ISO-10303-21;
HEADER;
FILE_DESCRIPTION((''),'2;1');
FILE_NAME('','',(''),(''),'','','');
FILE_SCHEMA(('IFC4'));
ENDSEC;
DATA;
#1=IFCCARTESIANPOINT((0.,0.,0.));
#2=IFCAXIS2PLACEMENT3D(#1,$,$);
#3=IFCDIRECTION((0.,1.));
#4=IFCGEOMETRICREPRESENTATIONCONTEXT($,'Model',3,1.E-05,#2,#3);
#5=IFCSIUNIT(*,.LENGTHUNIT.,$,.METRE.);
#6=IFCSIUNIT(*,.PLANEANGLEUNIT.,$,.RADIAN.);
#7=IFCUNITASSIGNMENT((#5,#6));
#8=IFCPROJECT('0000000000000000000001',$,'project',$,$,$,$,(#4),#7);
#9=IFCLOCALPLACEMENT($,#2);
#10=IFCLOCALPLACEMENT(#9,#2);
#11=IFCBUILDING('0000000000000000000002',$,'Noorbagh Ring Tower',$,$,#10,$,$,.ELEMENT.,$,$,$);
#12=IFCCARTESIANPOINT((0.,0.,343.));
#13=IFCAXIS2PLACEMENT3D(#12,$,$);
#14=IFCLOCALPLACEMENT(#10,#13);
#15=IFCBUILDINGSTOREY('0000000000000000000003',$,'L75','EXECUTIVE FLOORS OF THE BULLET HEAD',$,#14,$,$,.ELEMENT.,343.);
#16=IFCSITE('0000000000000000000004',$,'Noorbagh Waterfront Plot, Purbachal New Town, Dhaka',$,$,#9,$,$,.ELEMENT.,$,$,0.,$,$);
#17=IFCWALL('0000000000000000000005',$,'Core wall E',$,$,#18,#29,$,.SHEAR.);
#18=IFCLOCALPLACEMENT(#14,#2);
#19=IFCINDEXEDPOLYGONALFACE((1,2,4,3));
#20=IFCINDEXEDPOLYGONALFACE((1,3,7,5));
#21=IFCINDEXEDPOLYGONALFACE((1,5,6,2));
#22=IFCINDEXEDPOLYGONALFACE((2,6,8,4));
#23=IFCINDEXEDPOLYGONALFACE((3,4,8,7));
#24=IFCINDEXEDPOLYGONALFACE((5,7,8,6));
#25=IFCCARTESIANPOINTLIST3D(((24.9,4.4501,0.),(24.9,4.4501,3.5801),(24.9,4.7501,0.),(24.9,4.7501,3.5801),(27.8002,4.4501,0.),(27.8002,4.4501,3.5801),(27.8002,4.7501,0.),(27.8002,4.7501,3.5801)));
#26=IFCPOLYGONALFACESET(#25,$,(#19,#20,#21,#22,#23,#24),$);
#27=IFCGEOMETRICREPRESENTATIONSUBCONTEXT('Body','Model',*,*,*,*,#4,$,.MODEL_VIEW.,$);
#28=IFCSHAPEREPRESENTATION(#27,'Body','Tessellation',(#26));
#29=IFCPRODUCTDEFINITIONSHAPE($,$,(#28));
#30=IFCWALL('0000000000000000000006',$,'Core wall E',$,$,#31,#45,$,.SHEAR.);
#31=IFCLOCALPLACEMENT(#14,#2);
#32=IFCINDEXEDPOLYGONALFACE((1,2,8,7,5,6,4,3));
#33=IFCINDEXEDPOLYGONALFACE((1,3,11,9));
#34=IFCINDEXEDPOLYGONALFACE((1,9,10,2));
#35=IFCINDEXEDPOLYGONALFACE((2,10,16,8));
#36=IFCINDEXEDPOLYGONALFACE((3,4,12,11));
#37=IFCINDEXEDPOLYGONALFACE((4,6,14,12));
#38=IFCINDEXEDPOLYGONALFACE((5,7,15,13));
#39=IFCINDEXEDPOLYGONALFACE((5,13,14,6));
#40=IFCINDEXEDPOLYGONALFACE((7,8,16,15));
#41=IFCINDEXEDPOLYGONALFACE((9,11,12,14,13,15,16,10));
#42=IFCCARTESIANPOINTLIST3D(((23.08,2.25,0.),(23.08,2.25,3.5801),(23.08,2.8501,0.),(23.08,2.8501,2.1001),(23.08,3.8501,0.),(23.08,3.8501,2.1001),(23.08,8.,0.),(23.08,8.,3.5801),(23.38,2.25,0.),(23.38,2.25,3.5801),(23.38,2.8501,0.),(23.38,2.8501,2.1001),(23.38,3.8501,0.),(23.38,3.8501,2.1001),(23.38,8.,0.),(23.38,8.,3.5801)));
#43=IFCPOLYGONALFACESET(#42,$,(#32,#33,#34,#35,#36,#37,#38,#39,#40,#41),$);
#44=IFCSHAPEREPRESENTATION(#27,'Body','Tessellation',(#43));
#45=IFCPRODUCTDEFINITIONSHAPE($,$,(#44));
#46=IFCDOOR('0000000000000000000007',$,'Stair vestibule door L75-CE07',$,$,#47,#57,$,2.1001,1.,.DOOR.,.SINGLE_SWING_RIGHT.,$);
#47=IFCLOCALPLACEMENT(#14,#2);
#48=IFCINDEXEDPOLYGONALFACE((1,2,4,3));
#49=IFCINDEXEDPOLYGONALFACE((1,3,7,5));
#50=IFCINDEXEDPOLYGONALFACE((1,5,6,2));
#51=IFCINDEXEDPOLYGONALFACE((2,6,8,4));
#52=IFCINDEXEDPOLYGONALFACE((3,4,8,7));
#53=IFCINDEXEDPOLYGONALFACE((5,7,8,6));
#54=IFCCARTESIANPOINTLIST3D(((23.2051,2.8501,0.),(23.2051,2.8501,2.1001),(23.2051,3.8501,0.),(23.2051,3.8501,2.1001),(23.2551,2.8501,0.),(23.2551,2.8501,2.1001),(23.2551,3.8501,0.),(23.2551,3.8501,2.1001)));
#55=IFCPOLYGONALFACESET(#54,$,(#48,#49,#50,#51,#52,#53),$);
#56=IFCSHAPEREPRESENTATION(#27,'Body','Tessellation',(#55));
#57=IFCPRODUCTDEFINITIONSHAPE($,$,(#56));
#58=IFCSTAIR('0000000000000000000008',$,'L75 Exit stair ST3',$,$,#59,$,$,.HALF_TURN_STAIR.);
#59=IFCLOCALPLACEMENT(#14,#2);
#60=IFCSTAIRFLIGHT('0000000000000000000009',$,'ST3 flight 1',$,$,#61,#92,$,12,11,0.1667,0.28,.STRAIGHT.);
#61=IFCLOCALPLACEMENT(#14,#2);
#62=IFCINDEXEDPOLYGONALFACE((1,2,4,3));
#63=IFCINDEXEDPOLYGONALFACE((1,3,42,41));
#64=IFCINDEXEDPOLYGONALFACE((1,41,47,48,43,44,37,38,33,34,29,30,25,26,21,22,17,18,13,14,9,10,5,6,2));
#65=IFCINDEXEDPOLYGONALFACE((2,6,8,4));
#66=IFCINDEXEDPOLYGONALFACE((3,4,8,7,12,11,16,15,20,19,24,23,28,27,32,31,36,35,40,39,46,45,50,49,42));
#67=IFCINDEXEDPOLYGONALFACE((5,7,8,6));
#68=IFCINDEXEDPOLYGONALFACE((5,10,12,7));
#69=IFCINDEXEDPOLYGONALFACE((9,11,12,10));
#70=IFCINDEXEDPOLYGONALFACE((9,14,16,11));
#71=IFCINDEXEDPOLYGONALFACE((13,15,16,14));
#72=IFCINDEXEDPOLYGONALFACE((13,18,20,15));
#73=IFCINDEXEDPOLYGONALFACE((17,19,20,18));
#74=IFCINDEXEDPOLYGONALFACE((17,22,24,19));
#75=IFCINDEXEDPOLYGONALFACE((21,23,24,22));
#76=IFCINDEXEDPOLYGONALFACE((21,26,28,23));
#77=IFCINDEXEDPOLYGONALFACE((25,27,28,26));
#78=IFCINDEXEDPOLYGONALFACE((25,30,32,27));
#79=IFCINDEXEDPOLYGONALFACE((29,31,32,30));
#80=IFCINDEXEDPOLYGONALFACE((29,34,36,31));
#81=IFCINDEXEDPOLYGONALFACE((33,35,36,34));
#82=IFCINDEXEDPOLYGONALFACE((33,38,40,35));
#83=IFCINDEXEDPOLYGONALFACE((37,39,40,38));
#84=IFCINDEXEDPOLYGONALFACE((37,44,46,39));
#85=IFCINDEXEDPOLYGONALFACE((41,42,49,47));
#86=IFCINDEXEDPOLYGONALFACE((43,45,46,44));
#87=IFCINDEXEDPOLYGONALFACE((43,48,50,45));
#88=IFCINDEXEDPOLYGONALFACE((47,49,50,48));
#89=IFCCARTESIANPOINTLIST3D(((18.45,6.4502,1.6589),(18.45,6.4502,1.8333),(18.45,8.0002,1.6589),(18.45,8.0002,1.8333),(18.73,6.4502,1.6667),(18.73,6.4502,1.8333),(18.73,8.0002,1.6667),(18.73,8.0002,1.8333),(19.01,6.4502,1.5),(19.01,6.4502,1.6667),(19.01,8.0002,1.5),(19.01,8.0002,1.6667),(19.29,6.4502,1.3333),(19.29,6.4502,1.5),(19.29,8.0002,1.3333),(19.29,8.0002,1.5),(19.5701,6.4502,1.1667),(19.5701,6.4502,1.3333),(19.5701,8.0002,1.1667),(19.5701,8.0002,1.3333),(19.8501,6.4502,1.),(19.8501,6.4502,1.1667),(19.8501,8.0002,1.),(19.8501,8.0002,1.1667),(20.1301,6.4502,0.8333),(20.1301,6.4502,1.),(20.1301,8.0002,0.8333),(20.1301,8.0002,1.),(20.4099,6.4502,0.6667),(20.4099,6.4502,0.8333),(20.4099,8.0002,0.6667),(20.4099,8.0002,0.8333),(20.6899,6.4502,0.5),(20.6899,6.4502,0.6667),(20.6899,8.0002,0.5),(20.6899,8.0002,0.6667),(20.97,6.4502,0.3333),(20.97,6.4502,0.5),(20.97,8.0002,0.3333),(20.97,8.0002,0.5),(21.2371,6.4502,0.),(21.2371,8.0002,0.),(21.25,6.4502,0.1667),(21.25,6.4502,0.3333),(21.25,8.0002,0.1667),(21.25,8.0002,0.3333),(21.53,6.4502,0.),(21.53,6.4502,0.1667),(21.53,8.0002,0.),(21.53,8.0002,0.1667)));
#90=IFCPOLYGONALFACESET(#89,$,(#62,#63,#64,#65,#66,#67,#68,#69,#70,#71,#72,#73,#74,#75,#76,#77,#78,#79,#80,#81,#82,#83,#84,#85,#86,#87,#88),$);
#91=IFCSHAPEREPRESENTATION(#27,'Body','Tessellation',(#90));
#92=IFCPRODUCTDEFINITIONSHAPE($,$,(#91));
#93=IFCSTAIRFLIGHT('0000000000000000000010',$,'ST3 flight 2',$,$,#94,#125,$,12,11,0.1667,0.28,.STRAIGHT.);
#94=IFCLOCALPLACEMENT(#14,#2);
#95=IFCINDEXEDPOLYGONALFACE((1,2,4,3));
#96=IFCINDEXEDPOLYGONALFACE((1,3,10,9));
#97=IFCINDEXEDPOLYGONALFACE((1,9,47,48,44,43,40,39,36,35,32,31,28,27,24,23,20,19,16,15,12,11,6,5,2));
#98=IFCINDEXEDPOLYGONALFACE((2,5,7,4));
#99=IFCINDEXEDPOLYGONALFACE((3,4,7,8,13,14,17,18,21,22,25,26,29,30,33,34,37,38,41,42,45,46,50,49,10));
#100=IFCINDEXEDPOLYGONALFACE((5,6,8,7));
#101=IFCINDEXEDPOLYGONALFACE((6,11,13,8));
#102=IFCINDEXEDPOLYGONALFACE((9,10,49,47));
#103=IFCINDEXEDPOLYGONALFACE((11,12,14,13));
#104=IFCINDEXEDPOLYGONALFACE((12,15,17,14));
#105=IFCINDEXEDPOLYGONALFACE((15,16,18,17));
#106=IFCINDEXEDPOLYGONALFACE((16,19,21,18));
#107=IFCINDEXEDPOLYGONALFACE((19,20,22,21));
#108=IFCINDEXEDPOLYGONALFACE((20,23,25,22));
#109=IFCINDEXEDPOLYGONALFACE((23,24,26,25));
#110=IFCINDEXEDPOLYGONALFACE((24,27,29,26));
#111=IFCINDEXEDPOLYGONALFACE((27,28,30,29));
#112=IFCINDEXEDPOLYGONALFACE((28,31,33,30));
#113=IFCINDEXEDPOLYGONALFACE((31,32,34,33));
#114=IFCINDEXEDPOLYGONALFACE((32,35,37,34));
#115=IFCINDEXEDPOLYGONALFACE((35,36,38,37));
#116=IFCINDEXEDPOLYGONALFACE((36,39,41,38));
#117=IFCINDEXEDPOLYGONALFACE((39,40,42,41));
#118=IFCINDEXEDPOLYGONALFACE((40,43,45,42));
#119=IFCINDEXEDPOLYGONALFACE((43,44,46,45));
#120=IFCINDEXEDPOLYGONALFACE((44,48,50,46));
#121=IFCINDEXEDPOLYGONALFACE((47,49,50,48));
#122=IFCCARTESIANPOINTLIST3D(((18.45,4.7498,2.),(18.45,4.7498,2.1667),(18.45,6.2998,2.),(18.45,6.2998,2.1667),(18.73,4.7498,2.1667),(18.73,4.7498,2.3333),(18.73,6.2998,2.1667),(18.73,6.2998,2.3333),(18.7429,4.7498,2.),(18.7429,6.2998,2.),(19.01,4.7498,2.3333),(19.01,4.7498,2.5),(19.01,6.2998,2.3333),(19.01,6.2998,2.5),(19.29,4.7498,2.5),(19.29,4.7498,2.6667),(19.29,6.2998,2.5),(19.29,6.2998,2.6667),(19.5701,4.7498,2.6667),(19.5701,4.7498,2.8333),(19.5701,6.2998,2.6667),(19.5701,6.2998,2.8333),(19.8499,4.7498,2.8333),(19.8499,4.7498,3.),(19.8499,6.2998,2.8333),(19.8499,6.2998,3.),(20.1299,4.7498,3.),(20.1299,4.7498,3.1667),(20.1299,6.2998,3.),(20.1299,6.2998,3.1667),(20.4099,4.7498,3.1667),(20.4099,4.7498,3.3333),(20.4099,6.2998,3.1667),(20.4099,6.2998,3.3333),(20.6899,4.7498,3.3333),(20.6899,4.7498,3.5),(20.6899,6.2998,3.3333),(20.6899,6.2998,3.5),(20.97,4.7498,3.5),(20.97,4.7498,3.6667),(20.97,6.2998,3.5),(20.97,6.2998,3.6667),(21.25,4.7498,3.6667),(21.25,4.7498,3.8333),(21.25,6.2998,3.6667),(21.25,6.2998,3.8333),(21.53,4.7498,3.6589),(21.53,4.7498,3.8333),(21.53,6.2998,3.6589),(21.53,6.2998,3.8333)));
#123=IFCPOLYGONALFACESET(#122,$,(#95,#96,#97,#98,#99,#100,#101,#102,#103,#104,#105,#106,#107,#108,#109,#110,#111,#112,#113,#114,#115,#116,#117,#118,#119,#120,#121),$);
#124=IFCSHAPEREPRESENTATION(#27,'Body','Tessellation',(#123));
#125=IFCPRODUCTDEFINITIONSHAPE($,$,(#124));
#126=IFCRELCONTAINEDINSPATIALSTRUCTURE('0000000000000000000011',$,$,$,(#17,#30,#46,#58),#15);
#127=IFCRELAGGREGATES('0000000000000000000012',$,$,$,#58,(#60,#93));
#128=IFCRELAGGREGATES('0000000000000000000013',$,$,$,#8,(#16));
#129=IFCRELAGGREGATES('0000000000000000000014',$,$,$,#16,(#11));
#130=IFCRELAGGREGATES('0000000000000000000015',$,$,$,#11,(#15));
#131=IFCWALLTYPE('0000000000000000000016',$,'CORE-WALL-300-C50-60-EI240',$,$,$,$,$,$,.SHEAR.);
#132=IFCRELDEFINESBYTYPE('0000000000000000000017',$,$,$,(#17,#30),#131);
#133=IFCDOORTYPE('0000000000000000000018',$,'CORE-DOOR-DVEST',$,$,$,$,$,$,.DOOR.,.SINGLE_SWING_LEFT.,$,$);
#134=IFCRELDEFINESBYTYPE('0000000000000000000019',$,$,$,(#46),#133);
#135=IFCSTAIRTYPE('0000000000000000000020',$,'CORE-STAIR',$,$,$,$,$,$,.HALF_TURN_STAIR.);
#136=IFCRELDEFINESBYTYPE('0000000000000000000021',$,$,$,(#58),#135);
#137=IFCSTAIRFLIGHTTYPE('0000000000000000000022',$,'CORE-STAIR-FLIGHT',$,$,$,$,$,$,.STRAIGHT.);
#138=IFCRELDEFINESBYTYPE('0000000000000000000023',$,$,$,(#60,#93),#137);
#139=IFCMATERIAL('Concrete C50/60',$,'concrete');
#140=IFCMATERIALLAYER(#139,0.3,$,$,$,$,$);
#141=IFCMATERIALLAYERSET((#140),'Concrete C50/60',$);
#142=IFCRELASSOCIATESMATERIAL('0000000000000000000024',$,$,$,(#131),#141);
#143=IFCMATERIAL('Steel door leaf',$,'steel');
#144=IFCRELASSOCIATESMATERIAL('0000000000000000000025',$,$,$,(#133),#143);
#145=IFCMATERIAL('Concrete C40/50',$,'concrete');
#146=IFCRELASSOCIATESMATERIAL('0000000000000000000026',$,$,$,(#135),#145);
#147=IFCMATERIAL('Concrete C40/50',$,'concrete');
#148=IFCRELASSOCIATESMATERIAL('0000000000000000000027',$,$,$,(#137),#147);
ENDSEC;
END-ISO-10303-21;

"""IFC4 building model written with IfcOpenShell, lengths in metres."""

from ifc_helpers import new_model, si_unit, direction, frame, frame_2d, origin, place, context, subcontext, project, spatial, polyline, rectangle, outline, extrude, material, layer, layer_set, type_object, element, fill, aggregate, save


model = new_model("IFC4")

# Units and contexts
model_context = context("Model", 3, precision=1e-05, world=origin(), true_north=direction((0.0, 1.0)))
body_context = subcontext(model_context, "Body", "Model", "MODEL_VIEW")
ifc_project = project(units=[si_unit("LENGTHUNIT", "METRE"), si_unit("PLANEANGLEUNIT", "RADIAN")], contexts=[model_context])

# Site, building, storey
site_placement = place(None, origin())
site = spatial("IfcSite", under=ifc_project, at=site_placement, Name="Noorbagh Waterfront Plot, Purbachal New Town, Dhaka", CompositionType="ELEMENT", RefElevation=0.0)
building_placement = place(site_placement, origin())
building = spatial("IfcBuilding", under=site, at=building_placement, Name="Noorbagh Ring Tower", CompositionType="ELEMENT")
storey_placement = place(building_placement, frame((0.0, 0.0, 343.0)))
storey = spatial("IfcBuildingStorey", under=building, at=storey_placement, Name="L75", Description="EXECUTIVE FLOORS OF THE BULLET HEAD", CompositionType="ELEMENT", Elevation=343.0)

# Wall
ifc_material_1 = material(Name="Concrete C50/60", Category="concrete")
ifc_layer_1 = layer(ifc_material_1, 0.3)
ifc_layer_set_1 = layer_set([ifc_layer_1], Name="Concrete C50/60")
wall_type_1 = type_object("IfcWallType", Name="CORE-WALL-300-C50-60-EI240", PredefinedType="SHEAR", material=ifc_layer_set_1)
wall_1_placement = place(storey_placement, frame((24.8999, 4.6001, 0.0), z_axis=(0.0, 0.0, 1.0), x_axis=(1.0, 0.0, 0.0)))
element("IfcWall", 1, at=wall_1_placement, inside=storey, type_object=wall_type_1, Name="Core wall E", PredefinedType="SHEAR", context=body_context, shape_type="SweptSolid", body=[
    extrude(rectangle(XDim=2.9001, YDim=0.3, at=frame_2d((1.4502, 0.0))), origin(), (0.0, 0.0, 1.0), 3.5801),
])

# Wall, opening, door
wall_2_placement = place(storey_placement, frame((23.23, 2.25, 0.0), z_axis=(0.0, 0.0, 1.0), x_axis=(0.0, 1.0, 0.0)))
wall_2 = element("IfcWall", 2, at=wall_2_placement, inside=storey, type_object=wall_type_1, Name="Core wall E", PredefinedType="SHEAR", context=body_context, shape_type="SweptSolid", body=[
    extrude(rectangle(XDim=5.75, YDim=0.3, at=frame_2d((2.875, 0.0))), origin(), (0.0, 0.0, 1.0), 3.5801),
])
opening_1_placement = place(wall_2_placement, frame((0.6001, 0.0, 0.0)))
opening_1 = element("IfcOpeningElement", 3, at=opening_1_placement, cuts=wall_2, PredefinedType="OPENING", context=body_context, shape_type="SweptSolid", body=[
    extrude(rectangle(XDim=1.0, YDim=2.1001, at=frame_2d((0.5, 1.05))), frame((0.0, 0.1602, 0.0), z_axis=(0.0, -1.0, 0.0), x_axis=(1.0, 0.0, 0.0)), (0.0, 0.0, 1.0), 0.3201),
])
ifc_material_2 = material(Name="Steel door leaf", Category="steel")
door_type_1 = type_object("IfcDoorType", Name="CORE-DOOR-DVEST", OperationType="SINGLE_SWING_LEFT", PredefinedType="DOOR", material=ifc_material_2)
door_1_placement = place(opening_1_placement, origin())
door_1 = element("IfcDoor", 4, at=door_1_placement, inside=storey, type_object=door_type_1, Name="Stair vestibule door L75-CE07", OperationType="SINGLE_SWING_RIGHT", OverallHeight=2.1001, OverallWidth=1.0, PredefinedType="DOOR", context=body_context, shape_type="SweptSolid", body=[
    extrude(rectangle(XDim=1.0, YDim=2.1001, at=frame_2d((0.5, 1.05))), frame((0.0, 0.0249, 0.0), z_axis=(0.0, -1.0, 0.0), x_axis=(1.0, 0.0, 0.0)), (0.0, 0.0, 1.0), 0.05),
])
fill(opening_1, door_1)

# Stair, stair flights
ifc_material_3 = material(Name="Concrete C40/50", Category="concrete")
stair_type = type_object("IfcStairType", Name="CORE-STAIR", PredefinedType="HALF_TURN_STAIR", material=ifc_material_3)
stair_placement = place(storey_placement, origin())
stair = element("IfcStair", 5, at=stair_placement, inside=storey, type_object=stair_type, Name="L75 Exit stair ST3", PredefinedType="HALF_TURN_STAIR")
ifc_material_4 = material(Name="Concrete C40/50", Category="concrete")
stair_flight_type = type_object("IfcStairFlightType", Name="CORE-STAIR-FLIGHT", PredefinedType="STRAIGHT", material=ifc_material_4)
stair_flight_1_placement = place(storey_placement, frame((21.53, 7.2251, 0.0), z_axis=(0.0, 0.0, 1.0), x_axis=(-1.0, 0.0, 0.0)))
stair_flight_1 = element("IfcStairFlight", 6, at=stair_flight_1_placement, type_object=stair_flight_type, Name="ST3 flight 1", NumberOfRisers=12, NumberOfTreads=11, PredefinedType="STRAIGHT", RiserHeight=0.1667, TreadLength=0.28, context=body_context, shape_type="SweptSolid", body=[
    extrude(outline(polyline([(0.0, 0.0), (0.0, 0.1667), (0.28, 0.1667), (0.28, 0.3333), (0.5601, 0.3333), (0.5601, 0.5), (0.8401, 0.5), (0.8401, 0.6667), (1.1201, 0.6667), (1.1201, 0.8333), (1.3999, 0.8333), (1.3999, 1.0), (1.6799, 1.0), (1.6799, 1.1667), (1.96, 1.1667), (1.96, 1.3333), (2.24, 1.3333), (2.24, 1.5), (2.52, 1.5), (2.52, 1.6667), (2.8, 1.6667), (2.8, 1.8333), (3.0801, 1.8333), (3.0801, 2.0), (3.0801, 1.6589), (0.293, 0.0), (0.0, 0.0)])), frame((0.0, 0.7749, 0.0), z_axis=(0.0, -1.0, 0.0), x_axis=(1.0, 0.0, 0.0)), (0.0, 0.0, 1.0), 1.55),
])
stair_flight_2_placement = place(storey_placement, frame((18.45, 5.5249, 2.0), z_axis=(0.0, 0.0, 1.0), x_axis=(1.0, 0.0, 0.0)))
stair_flight_2 = element("IfcStairFlight", 7, at=stair_flight_2_placement, type_object=stair_flight_type, Name="ST3 flight 2", NumberOfRisers=12, NumberOfTreads=11, PredefinedType="STRAIGHT", RiserHeight=0.1667, TreadLength=0.28, context=body_context, shape_type="SweptSolid", body=[
    extrude(outline(polyline([(0.0, 0.0), (0.0, 0.1667), (0.28, 0.1667), (0.28, 0.3333), (0.5601, 0.3333), (0.5601, 0.5), (0.8401, 0.5), (0.8401, 0.6667), (1.1201, 0.6667), (1.1201, 0.8333), (1.3999, 0.8333), (1.3999, 1.0), (1.6799, 1.0), (1.6799, 1.1667), (1.96, 1.1667), (1.96, 1.3333), (2.24, 1.3333), (2.24, 1.5), (2.52, 1.5), (2.52, 1.6667), (2.8, 1.6667), (2.8, 1.8333), (3.0801, 1.8333), (3.0801, 2.0), (3.0801, 1.6589), (0.293, 0.0), (0.0, 0.0)])), frame((0.0, 0.7749, 0.0), z_axis=(0.0, -1.0, 0.0), x_axis=(1.0, 0.0, 0.0)), (0.0, 0.0, 1.0), 1.55),
])
aggregate(stair, [stair_flight_1, stair_flight_2])

save(model, "model.ifc")
